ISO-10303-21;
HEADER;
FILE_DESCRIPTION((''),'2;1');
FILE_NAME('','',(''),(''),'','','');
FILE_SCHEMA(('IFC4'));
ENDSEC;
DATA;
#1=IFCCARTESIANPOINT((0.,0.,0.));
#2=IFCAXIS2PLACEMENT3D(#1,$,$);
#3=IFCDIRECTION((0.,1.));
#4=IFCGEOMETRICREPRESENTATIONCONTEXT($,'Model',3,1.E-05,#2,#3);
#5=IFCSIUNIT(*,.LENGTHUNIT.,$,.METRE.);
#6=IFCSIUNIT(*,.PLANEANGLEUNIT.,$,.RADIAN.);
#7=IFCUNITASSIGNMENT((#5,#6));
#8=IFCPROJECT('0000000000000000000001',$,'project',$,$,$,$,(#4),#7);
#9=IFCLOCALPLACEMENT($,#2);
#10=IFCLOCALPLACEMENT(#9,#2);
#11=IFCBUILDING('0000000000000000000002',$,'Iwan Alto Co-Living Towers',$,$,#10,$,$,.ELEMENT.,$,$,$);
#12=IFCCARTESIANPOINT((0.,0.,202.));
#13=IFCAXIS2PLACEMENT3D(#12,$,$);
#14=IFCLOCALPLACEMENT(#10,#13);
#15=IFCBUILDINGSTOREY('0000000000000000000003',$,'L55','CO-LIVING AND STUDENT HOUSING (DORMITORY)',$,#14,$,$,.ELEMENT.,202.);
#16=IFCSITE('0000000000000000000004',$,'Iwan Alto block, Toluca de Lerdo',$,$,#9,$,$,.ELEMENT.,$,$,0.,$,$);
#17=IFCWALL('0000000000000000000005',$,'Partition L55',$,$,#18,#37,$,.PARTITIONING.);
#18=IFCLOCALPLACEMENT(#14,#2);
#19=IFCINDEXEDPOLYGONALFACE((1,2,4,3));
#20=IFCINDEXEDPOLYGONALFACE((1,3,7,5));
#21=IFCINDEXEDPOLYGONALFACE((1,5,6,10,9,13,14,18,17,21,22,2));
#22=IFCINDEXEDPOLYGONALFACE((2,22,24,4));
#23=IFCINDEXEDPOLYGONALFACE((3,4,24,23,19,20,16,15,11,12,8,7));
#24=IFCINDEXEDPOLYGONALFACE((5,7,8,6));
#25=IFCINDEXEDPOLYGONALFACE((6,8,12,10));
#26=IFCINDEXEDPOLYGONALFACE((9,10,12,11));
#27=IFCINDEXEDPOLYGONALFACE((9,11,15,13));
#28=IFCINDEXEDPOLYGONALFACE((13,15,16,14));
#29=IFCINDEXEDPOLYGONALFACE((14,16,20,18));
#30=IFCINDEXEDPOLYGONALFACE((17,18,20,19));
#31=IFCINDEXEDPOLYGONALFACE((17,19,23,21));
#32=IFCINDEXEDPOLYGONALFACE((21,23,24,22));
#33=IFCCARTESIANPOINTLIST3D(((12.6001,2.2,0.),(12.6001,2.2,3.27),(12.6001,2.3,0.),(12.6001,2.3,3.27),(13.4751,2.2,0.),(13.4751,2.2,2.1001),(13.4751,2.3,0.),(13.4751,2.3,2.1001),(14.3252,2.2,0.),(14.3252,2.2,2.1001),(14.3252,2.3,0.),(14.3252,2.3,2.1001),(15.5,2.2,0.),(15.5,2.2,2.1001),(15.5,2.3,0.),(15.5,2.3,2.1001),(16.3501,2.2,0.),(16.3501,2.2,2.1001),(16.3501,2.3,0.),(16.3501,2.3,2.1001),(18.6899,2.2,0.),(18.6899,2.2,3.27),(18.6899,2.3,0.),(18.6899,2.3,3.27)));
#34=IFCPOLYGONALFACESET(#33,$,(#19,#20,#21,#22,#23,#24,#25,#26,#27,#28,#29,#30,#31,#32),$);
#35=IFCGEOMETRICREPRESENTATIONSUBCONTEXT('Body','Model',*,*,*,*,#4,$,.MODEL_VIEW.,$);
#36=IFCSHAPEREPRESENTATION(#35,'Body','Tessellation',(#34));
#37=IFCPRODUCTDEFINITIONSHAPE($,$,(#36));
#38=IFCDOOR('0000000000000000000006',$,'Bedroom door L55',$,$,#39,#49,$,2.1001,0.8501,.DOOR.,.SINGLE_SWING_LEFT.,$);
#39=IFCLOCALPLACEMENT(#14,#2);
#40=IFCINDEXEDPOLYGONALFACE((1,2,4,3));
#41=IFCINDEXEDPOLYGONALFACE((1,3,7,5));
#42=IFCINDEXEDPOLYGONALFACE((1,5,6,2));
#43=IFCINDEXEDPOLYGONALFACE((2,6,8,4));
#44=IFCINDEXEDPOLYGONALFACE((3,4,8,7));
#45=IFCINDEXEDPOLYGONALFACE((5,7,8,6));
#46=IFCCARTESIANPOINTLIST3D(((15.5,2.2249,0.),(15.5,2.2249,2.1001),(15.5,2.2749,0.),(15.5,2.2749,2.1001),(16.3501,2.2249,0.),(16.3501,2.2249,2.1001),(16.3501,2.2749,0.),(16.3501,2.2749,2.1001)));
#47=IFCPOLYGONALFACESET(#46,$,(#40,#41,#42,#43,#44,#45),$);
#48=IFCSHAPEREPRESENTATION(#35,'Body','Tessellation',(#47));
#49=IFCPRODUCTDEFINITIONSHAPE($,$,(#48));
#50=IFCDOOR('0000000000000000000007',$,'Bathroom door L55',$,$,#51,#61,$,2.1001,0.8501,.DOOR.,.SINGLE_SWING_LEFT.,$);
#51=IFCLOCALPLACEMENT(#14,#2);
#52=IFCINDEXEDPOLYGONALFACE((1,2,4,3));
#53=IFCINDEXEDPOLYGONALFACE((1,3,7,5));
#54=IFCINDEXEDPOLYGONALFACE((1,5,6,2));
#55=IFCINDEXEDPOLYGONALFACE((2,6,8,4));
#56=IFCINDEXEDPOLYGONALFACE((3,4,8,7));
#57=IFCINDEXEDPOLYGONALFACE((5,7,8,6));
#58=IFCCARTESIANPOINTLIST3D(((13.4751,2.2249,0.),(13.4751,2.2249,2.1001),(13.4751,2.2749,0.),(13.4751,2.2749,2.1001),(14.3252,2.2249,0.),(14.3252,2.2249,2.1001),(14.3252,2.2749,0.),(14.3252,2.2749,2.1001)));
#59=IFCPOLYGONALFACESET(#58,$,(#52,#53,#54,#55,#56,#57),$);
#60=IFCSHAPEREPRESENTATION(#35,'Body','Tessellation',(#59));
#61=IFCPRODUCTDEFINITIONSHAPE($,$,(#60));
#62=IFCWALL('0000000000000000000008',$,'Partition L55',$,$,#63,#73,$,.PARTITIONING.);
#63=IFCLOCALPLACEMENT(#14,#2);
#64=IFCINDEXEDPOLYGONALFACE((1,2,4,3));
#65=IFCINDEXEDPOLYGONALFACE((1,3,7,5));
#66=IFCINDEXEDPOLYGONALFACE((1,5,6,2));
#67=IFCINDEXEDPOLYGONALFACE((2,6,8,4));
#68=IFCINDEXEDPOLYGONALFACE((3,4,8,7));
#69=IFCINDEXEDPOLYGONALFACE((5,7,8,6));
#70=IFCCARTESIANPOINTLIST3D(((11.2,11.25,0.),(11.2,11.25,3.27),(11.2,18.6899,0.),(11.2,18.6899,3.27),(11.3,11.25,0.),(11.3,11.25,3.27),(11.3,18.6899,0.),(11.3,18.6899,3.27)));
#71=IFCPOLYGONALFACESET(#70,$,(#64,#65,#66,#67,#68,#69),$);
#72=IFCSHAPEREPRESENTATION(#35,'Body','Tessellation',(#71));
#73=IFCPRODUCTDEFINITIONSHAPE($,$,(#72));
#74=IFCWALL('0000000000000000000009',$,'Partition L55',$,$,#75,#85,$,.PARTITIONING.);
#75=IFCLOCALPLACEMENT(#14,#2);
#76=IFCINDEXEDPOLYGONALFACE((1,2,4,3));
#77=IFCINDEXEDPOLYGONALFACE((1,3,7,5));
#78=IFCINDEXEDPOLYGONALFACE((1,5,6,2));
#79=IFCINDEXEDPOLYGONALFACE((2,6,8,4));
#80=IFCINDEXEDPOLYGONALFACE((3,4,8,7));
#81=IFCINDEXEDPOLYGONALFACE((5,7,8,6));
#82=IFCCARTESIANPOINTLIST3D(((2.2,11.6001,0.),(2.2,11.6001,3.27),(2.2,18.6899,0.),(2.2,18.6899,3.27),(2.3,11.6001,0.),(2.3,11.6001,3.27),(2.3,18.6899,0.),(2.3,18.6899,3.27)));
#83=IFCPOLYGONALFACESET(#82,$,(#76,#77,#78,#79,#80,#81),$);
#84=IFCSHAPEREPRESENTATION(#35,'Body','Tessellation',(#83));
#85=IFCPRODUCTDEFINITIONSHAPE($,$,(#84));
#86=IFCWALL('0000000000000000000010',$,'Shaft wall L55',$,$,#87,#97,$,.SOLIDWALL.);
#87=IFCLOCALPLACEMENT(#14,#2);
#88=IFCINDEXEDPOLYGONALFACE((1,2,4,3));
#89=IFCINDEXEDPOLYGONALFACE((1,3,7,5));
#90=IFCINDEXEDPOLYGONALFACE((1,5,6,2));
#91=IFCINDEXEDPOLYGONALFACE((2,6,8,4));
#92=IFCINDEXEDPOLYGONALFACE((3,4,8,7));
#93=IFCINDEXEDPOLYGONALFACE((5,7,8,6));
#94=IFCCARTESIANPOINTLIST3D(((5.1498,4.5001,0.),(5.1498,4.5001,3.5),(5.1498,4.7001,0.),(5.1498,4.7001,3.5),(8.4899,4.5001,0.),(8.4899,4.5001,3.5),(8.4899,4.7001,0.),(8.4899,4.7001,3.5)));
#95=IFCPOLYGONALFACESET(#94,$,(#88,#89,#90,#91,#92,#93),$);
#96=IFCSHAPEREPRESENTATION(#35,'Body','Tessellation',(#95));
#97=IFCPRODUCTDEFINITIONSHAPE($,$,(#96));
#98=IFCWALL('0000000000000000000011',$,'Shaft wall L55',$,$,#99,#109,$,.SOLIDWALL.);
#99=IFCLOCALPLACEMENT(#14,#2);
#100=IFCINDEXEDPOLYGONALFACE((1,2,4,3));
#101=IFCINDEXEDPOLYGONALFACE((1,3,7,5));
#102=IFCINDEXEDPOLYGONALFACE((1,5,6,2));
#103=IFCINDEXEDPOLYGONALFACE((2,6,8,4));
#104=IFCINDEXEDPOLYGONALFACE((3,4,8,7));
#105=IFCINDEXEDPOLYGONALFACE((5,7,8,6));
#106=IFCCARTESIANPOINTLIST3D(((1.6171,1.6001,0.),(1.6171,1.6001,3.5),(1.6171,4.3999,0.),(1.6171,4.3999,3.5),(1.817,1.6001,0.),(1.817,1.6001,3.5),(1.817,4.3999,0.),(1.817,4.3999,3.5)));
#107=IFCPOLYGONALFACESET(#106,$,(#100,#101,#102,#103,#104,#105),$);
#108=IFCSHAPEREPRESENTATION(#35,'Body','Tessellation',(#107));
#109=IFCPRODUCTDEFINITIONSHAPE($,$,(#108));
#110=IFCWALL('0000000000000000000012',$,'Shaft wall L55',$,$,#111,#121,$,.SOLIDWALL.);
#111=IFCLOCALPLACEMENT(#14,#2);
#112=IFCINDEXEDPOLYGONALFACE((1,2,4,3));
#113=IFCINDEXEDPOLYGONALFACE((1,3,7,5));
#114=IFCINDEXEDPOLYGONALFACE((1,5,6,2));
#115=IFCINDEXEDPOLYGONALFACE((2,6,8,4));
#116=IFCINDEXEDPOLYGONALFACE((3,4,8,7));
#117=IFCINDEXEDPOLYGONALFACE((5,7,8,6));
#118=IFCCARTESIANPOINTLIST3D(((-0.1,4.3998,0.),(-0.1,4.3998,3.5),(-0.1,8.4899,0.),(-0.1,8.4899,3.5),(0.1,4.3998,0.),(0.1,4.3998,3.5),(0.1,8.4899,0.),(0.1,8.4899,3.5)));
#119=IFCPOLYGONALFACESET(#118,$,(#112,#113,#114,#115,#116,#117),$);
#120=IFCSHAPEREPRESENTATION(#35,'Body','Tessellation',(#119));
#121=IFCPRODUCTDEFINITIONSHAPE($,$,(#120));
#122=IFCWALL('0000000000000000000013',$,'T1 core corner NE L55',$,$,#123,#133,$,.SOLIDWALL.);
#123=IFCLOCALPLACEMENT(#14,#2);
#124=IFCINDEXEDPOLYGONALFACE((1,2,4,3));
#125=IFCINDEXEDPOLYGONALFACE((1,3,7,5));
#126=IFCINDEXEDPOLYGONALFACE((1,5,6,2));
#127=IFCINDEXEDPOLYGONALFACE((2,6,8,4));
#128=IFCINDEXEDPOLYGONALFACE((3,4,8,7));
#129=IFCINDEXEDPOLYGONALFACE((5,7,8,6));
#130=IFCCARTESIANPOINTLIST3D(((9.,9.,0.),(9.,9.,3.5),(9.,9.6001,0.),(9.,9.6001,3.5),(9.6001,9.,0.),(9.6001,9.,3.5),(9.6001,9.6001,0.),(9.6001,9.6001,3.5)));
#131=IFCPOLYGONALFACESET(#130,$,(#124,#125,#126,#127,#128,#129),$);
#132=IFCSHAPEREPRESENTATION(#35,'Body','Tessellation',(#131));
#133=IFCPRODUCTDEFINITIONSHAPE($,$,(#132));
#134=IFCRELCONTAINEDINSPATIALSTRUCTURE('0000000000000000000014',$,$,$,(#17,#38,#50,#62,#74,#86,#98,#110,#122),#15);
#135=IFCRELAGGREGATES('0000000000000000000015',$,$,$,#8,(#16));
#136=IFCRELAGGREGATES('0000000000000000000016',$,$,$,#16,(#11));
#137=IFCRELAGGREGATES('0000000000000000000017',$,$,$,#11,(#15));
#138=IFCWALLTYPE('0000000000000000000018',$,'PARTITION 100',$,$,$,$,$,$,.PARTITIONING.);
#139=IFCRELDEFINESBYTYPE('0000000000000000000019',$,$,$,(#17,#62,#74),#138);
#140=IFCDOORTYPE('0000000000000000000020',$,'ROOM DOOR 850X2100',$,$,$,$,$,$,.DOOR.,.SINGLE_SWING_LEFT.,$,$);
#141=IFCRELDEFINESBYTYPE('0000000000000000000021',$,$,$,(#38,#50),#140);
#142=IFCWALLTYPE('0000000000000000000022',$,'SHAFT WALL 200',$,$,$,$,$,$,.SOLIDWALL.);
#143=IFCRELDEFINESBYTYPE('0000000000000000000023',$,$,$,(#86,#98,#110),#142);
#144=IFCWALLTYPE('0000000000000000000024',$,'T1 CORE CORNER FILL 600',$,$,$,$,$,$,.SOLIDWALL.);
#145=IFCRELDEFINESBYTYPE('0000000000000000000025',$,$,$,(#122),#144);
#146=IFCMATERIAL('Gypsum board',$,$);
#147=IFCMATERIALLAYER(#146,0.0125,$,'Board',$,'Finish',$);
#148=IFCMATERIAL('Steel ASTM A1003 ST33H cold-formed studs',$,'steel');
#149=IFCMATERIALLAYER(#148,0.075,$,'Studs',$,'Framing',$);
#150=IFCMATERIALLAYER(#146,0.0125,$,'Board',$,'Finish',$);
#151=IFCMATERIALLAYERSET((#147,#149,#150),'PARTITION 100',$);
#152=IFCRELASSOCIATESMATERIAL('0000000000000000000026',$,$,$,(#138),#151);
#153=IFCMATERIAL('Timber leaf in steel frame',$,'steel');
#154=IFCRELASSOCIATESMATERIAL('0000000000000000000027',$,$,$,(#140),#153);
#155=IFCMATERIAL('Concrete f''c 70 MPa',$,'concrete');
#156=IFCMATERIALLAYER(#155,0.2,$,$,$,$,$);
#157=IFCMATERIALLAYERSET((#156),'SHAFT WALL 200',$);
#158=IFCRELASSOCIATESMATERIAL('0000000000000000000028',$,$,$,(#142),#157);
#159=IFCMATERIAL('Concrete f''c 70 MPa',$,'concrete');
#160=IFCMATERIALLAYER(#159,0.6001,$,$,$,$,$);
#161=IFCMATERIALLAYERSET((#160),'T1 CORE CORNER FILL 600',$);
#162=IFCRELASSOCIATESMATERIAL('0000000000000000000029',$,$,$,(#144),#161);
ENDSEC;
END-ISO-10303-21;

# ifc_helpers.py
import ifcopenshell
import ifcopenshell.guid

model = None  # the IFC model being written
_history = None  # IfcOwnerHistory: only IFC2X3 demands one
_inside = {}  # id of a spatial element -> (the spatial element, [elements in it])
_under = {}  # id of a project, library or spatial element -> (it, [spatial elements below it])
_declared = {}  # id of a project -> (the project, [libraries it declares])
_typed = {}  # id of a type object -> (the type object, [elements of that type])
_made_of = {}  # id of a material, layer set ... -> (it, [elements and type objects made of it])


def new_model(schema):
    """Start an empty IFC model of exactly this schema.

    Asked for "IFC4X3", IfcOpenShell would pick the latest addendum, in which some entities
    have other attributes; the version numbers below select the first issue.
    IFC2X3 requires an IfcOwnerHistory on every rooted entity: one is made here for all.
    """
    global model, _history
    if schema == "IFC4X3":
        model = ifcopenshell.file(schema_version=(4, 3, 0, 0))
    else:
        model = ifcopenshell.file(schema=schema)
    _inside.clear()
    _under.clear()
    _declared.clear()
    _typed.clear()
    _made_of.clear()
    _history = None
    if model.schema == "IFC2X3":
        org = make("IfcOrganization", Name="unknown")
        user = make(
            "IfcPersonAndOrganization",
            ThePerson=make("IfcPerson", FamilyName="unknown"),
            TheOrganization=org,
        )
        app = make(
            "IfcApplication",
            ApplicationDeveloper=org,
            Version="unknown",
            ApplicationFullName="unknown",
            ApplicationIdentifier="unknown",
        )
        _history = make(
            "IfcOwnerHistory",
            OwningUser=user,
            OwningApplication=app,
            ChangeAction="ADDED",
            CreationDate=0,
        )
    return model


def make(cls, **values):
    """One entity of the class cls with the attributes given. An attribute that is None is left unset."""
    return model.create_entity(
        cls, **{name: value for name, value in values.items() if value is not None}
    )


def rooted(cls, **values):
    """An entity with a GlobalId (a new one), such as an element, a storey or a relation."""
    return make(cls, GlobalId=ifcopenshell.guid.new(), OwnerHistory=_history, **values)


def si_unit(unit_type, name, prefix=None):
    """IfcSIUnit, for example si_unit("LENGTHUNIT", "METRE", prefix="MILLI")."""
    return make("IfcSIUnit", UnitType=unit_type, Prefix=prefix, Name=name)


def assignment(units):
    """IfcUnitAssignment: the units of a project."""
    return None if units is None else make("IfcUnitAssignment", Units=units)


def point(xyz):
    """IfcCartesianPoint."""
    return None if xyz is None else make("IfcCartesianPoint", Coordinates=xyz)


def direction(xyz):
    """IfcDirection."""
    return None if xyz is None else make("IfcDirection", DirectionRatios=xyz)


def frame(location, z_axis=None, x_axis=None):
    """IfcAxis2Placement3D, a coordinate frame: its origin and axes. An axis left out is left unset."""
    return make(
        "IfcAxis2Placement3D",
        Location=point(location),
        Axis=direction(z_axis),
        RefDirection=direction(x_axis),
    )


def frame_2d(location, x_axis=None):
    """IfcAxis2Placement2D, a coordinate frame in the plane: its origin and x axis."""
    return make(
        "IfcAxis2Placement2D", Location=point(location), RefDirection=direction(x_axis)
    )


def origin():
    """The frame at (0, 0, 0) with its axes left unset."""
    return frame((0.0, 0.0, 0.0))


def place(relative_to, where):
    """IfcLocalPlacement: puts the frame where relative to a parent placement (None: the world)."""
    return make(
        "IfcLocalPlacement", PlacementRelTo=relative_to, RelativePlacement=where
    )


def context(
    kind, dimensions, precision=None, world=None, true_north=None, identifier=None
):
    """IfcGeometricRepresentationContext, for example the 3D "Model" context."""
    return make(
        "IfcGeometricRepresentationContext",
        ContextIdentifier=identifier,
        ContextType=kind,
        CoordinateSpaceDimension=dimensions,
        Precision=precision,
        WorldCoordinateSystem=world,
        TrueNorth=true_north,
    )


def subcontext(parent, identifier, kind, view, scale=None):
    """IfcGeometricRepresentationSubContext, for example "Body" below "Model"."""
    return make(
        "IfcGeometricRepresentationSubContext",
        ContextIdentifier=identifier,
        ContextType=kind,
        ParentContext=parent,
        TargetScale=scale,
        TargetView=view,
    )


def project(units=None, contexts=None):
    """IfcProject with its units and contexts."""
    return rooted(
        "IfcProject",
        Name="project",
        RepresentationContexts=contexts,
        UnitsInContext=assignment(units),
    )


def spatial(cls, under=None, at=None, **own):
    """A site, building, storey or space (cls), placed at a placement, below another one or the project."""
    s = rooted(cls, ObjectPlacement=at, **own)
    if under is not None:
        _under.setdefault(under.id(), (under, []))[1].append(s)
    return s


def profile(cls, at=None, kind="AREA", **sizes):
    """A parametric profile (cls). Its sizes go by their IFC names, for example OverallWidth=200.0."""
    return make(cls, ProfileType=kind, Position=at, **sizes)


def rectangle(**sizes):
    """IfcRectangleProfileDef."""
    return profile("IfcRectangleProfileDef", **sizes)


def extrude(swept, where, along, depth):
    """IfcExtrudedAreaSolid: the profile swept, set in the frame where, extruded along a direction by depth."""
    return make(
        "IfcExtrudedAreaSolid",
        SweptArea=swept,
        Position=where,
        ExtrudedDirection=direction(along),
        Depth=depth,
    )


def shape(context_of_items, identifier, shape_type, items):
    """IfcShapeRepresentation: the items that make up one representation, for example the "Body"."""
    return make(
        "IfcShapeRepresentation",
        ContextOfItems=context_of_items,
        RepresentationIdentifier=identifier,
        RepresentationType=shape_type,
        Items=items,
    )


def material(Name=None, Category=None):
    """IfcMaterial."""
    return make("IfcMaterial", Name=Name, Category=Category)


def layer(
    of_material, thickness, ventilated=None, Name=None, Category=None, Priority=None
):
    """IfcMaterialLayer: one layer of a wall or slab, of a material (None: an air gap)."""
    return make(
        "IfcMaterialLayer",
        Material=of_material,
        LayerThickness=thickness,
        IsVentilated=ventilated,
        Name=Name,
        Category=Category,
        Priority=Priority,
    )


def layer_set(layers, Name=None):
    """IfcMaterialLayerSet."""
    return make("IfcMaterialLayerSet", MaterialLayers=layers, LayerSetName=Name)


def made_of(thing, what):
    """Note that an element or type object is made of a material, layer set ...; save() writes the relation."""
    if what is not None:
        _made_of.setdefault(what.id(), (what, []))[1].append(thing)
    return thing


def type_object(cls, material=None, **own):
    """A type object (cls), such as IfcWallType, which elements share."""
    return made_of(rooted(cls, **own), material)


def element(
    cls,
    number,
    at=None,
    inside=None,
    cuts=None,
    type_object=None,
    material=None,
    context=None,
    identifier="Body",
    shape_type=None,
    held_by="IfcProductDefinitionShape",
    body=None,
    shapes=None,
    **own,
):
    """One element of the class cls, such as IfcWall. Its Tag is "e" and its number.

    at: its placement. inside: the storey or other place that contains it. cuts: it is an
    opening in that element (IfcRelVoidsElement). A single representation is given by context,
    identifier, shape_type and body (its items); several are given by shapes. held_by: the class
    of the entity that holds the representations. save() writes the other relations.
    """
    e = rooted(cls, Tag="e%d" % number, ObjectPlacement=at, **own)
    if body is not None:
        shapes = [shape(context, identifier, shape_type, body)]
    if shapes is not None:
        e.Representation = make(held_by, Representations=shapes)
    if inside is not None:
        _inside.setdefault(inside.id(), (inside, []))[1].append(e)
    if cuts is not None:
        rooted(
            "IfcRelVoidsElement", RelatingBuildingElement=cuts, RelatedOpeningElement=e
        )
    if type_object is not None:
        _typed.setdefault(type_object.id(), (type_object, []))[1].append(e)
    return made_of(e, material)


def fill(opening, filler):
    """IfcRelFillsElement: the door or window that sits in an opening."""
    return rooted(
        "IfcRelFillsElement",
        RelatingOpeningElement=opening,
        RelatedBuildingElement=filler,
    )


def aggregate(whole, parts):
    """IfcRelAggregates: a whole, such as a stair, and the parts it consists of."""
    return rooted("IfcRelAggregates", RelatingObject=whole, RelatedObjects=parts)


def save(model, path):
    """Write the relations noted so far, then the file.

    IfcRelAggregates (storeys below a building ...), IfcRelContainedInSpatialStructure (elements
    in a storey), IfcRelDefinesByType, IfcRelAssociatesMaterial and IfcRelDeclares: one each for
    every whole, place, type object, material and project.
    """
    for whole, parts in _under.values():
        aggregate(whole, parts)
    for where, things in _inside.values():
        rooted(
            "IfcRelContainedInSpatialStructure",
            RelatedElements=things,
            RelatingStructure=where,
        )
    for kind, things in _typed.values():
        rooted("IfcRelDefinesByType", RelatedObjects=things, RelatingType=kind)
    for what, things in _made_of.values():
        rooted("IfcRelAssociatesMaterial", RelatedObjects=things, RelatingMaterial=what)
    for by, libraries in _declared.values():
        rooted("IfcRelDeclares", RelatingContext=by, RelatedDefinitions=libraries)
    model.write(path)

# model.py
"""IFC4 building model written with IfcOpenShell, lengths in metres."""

from ifc_helpers import new_model, si_unit, direction, frame, frame_2d, origin, place, context, subcontext, project, spatial, rectangle, extrude, material, layer, layer_set, type_object, element, fill, save


model = new_model("IFC4")

# Units and contexts
model_context = context("Model", 3, precision=1e-05, world=origin(), true_north=direction((0.0, 1.0)))
body_context = subcontext(model_context, "Body", "Model", "MODEL_VIEW")
ifc_project = project(units=[si_unit("LENGTHUNIT", "METRE"), si_unit("PLANEANGLEUNIT", "RADIAN")], contexts=[model_context])

# Site, building, storey
site_placement = place(None, origin())
site = spatial("IfcSite", under=ifc_project, at=site_placement, Name="Iwan Alto block, Toluca de Lerdo", CompositionType="ELEMENT", RefElevation=0.0)
building_placement = place(site_placement, origin())
building = spatial("IfcBuilding", under=site, at=building_placement, Name="Iwan Alto Co-Living Towers", CompositionType="ELEMENT")
storey_placement = place(building_placement, frame((0.0, 0.0, 202.0)))
storey = spatial("IfcBuildingStorey", under=building, at=storey_placement, Name="L55", Description="CO-LIVING AND STUDENT HOUSING (DORMITORY)", CompositionType="ELEMENT", Elevation=202.0)

# Shared definitions
ifc_material_1 = material(Name="Gypsum board")
ifc_material_2 = material(Name="Steel ASTM A1003 ST33H cold-formed studs", Category="steel")

# Shared definitions
ifc_layer_1 = layer(ifc_material_1, 0.0125, Name="Board", Category="Finish")
ifc_layer_2 = layer(ifc_material_2, 0.075, Name="Studs", Category="Framing")
ifc_layer_3 = layer(ifc_material_1, 0.0125, Name="Board", Category="Finish")
ifc_layer_set_1 = layer_set([ifc_layer_1, ifc_layer_2, ifc_layer_3], Name="PARTITION 100")
wall_type_1 = type_object("IfcWallType", Name="PARTITION 100", PredefinedType="PARTITIONING", material=ifc_layer_set_1)
ifc_material_3 = material(Name="Timber leaf in steel frame", Category="steel")
door_type_1 = type_object("IfcDoorType", Name="ROOM DOOR 850X2100", OperationType="SINGLE_SWING_LEFT", PredefinedType="DOOR", material=ifc_material_3)

# Wall, openings, doors
wall_1_placement = place(storey_placement, frame((12.6001, 2.25, 0.0), z_axis=(0.0, 0.0, 1.0), x_axis=(1.0, 0.0, 0.0)))
wall_1 = element("IfcWall", 1, at=wall_1_placement, inside=storey, type_object=wall_type_1, Name="Partition L55", PredefinedType="PARTITIONING", context=body_context, shape_type="SweptSolid", body=[
    extrude(rectangle(XDim=6.0898, YDim=0.1001, at=frame_2d((3.0449, 0.0))), origin(), (0.0, 0.0, 1.0), 3.27),
])
opening_1_placement = place(wall_1_placement, frame((2.8999, 0.0, 0.0)))
opening_1 = element("IfcOpeningElement", 2, at=opening_1_placement, cuts=wall_1, PredefinedType="OPENING", context=body_context, shape_type="SweptSolid", body=[
    extrude(rectangle(XDim=0.8501, YDim=2.1001, at=frame_2d((0.425, 1.05))), frame((0.0, 0.0601, 0.0), z_axis=(0.0, -1.0, 0.0), x_axis=(1.0, 0.0, 0.0)), (0.0, 0.0, 1.0), 0.1201),
])
opening_2_placement = place(wall_1_placement, frame((0.875, 0.0, 0.0)))
opening_2 = element("IfcOpeningElement", 3, at=opening_2_placement, cuts=wall_1, PredefinedType="OPENING", context=body_context, shape_type="SweptSolid", body=[
    extrude(rectangle(XDim=0.8501, YDim=2.1001, at=frame_2d((0.425, 1.05))), frame((0.0, 0.0601, 0.0), z_axis=(0.0, -1.0, 0.0), x_axis=(1.0, 0.0, 0.0)), (0.0, 0.0, 1.0), 0.1201),
])
door_1_placement = place(opening_1_placement, origin())
door_1 = element("IfcDoor", 4, at=door_1_placement, inside=storey, type_object=door_type_1, Name="Bedroom door L55", OperationType="SINGLE_SWING_LEFT", OverallHeight=2.1001, OverallWidth=0.8501, PredefinedType="DOOR", context=body_context, shape_type="SweptSolid", body=[
    extrude(rectangle(XDim=0.8501, YDim=2.1001, at=frame_2d((0.425, 1.05))), frame((0.0, 0.0249, 0.0), z_axis=(0.0, -1.0, 0.0), x_axis=(1.0, 0.0, 0.0)), (0.0, 0.0, 1.0), 0.05),
])
fill(opening_1, door_1)
door_2_placement = place(opening_2_placement, origin())
door_2 = element("IfcDoor", 5, at=door_2_placement, inside=storey, type_object=door_type_1, Name="Bathroom door L55", OperationType="SINGLE_SWING_LEFT", OverallHeight=2.1001, OverallWidth=0.8501, PredefinedType="DOOR", context=body_context, shape_type="SweptSolid", body=[
    extrude(rectangle(XDim=0.8501, YDim=2.1001, at=frame_2d((0.425, 1.05))), frame((0.0, 0.0249, 0.0), z_axis=(0.0, -1.0, 0.0), x_axis=(1.0, 0.0, 0.0)), (0.0, 0.0, 1.0), 0.05),
])
fill(opening_2, door_2)

# Walls
wall_2_placement = place(storey_placement, frame((11.25, 11.25, 0.0), z_axis=(0.0, 0.0, 1.0), x_axis=(0.0, 1.0, 0.0)))
element("IfcWall", 6, at=wall_2_placement, inside=storey, type_object=wall_type_1, Name="Partition L55", PredefinedType="PARTITIONING", context=body_context, shape_type="SweptSolid", body=[
    extrude(rectangle(XDim=7.4399, YDim=0.1001, at=frame_2d((3.72, 0.0))), origin(), (0.0, 0.0, 1.0), 3.27),
])
wall_3_placement = place(storey_placement, frame((2.25, 11.6001, 0.0), z_axis=(0.0, 0.0, 1.0), x_axis=(0.0, 1.0, 0.0)))
element("IfcWall", 7, at=wall_3_placement, inside=storey, type_object=wall_type_1, Name="Partition L55", PredefinedType="PARTITIONING", context=body_context, shape_type="SweptSolid", body=[
    extrude(rectangle(XDim=7.0898, YDim=0.1001, at=frame_2d((3.5449, 0.0))), origin(), (0.0, 0.0, 1.0), 3.27),
])
ifc_material_4 = material(Name="Concrete f'c 70 MPa", Category="concrete")
ifc_layer_4 = layer(ifc_material_4, 0.2)
ifc_layer_set_2 = layer_set([ifc_layer_4], Name="SHAFT WALL 200")
wall_type_2 = type_object("IfcWallType", Name="SHAFT WALL 200", PredefinedType="SOLIDWALL", material=ifc_layer_set_2)
wall_4_placement = place(storey_placement, frame((5.1499, 4.6001, 0.0), z_axis=(0.0, 0.0, 1.0), x_axis=(1.0, 0.0, 0.0)))
element("IfcWall", 8, at=wall_4_placement, inside=storey, type_object=wall_type_2, Name="Shaft wall L55", PredefinedType="SOLIDWALL", context=body_context, shape_type="SweptSolid", body=[
    extrude(rectangle(XDim=3.3401, YDim=0.2, at=frame_2d((1.6699, 0.0))), origin(), (0.0, 0.0, 1.0), 3.5),
])
wall_5_placement = place(storey_placement, frame((1.717, 1.6001, 0.0), z_axis=(0.0, 0.0, 1.0), x_axis=(0.0, 1.0, 0.0)))
element("IfcWall", 9, at=wall_5_placement, inside=storey, type_object=wall_type_2, Name="Shaft wall L55", PredefinedType="SOLIDWALL", context=body_context, shape_type="SweptSolid", body=[
    extrude(rectangle(XDim=2.7998, YDim=0.2, at=frame_2d((1.3999, 0.0))), origin(), (0.0, 0.0, 1.0), 3.5),
])
wall_6_placement = place(storey_placement, frame((0.0, 4.3999, 0.0), z_axis=(0.0, 0.0, 1.0), x_axis=(0.0, 1.0, 0.0)))
element("IfcWall", 10, at=wall_6_placement, inside=storey, type_object=wall_type_2, Name="Shaft wall L55", PredefinedType="SOLIDWALL", context=body_context, shape_type="SweptSolid", body=[
    extrude(rectangle(XDim=4.0901, YDim=0.2, at=frame_2d((2.0449, 0.0))), origin(), (0.0, 0.0, 1.0), 3.5),
])
ifc_material_5 = material(Name="Concrete f'c 70 MPa", Category="concrete")
ifc_layer_5 = layer(ifc_material_5, 0.6001)
ifc_layer_set_3 = layer_set([ifc_layer_5], Name="T1 CORE CORNER FILL 600")
wall_type_3 = type_object("IfcWallType", Name="T1 CORE CORNER FILL 600", PredefinedType="SOLIDWALL", material=ifc_layer_set_3)
wall_7_placement = place(storey_placement, frame((9.0, 9.3, 0.0), z_axis=(0.0, 0.0, 1.0), x_axis=(1.0, 0.0, 0.0)))
element("IfcWall", 11, at=wall_7_placement, inside=storey, type_object=wall_type_3, Name="T1 core corner NE L55", PredefinedType="SOLIDWALL", context=body_context, shape_type="SweptSolid", body=[
    extrude(rectangle(XDim=0.6001, YDim=0.6001, at=frame_2d((0.3, 0.0))), origin(), (0.0, 0.0, 1.0), 3.5),
])

save(model, "model.ifc")
